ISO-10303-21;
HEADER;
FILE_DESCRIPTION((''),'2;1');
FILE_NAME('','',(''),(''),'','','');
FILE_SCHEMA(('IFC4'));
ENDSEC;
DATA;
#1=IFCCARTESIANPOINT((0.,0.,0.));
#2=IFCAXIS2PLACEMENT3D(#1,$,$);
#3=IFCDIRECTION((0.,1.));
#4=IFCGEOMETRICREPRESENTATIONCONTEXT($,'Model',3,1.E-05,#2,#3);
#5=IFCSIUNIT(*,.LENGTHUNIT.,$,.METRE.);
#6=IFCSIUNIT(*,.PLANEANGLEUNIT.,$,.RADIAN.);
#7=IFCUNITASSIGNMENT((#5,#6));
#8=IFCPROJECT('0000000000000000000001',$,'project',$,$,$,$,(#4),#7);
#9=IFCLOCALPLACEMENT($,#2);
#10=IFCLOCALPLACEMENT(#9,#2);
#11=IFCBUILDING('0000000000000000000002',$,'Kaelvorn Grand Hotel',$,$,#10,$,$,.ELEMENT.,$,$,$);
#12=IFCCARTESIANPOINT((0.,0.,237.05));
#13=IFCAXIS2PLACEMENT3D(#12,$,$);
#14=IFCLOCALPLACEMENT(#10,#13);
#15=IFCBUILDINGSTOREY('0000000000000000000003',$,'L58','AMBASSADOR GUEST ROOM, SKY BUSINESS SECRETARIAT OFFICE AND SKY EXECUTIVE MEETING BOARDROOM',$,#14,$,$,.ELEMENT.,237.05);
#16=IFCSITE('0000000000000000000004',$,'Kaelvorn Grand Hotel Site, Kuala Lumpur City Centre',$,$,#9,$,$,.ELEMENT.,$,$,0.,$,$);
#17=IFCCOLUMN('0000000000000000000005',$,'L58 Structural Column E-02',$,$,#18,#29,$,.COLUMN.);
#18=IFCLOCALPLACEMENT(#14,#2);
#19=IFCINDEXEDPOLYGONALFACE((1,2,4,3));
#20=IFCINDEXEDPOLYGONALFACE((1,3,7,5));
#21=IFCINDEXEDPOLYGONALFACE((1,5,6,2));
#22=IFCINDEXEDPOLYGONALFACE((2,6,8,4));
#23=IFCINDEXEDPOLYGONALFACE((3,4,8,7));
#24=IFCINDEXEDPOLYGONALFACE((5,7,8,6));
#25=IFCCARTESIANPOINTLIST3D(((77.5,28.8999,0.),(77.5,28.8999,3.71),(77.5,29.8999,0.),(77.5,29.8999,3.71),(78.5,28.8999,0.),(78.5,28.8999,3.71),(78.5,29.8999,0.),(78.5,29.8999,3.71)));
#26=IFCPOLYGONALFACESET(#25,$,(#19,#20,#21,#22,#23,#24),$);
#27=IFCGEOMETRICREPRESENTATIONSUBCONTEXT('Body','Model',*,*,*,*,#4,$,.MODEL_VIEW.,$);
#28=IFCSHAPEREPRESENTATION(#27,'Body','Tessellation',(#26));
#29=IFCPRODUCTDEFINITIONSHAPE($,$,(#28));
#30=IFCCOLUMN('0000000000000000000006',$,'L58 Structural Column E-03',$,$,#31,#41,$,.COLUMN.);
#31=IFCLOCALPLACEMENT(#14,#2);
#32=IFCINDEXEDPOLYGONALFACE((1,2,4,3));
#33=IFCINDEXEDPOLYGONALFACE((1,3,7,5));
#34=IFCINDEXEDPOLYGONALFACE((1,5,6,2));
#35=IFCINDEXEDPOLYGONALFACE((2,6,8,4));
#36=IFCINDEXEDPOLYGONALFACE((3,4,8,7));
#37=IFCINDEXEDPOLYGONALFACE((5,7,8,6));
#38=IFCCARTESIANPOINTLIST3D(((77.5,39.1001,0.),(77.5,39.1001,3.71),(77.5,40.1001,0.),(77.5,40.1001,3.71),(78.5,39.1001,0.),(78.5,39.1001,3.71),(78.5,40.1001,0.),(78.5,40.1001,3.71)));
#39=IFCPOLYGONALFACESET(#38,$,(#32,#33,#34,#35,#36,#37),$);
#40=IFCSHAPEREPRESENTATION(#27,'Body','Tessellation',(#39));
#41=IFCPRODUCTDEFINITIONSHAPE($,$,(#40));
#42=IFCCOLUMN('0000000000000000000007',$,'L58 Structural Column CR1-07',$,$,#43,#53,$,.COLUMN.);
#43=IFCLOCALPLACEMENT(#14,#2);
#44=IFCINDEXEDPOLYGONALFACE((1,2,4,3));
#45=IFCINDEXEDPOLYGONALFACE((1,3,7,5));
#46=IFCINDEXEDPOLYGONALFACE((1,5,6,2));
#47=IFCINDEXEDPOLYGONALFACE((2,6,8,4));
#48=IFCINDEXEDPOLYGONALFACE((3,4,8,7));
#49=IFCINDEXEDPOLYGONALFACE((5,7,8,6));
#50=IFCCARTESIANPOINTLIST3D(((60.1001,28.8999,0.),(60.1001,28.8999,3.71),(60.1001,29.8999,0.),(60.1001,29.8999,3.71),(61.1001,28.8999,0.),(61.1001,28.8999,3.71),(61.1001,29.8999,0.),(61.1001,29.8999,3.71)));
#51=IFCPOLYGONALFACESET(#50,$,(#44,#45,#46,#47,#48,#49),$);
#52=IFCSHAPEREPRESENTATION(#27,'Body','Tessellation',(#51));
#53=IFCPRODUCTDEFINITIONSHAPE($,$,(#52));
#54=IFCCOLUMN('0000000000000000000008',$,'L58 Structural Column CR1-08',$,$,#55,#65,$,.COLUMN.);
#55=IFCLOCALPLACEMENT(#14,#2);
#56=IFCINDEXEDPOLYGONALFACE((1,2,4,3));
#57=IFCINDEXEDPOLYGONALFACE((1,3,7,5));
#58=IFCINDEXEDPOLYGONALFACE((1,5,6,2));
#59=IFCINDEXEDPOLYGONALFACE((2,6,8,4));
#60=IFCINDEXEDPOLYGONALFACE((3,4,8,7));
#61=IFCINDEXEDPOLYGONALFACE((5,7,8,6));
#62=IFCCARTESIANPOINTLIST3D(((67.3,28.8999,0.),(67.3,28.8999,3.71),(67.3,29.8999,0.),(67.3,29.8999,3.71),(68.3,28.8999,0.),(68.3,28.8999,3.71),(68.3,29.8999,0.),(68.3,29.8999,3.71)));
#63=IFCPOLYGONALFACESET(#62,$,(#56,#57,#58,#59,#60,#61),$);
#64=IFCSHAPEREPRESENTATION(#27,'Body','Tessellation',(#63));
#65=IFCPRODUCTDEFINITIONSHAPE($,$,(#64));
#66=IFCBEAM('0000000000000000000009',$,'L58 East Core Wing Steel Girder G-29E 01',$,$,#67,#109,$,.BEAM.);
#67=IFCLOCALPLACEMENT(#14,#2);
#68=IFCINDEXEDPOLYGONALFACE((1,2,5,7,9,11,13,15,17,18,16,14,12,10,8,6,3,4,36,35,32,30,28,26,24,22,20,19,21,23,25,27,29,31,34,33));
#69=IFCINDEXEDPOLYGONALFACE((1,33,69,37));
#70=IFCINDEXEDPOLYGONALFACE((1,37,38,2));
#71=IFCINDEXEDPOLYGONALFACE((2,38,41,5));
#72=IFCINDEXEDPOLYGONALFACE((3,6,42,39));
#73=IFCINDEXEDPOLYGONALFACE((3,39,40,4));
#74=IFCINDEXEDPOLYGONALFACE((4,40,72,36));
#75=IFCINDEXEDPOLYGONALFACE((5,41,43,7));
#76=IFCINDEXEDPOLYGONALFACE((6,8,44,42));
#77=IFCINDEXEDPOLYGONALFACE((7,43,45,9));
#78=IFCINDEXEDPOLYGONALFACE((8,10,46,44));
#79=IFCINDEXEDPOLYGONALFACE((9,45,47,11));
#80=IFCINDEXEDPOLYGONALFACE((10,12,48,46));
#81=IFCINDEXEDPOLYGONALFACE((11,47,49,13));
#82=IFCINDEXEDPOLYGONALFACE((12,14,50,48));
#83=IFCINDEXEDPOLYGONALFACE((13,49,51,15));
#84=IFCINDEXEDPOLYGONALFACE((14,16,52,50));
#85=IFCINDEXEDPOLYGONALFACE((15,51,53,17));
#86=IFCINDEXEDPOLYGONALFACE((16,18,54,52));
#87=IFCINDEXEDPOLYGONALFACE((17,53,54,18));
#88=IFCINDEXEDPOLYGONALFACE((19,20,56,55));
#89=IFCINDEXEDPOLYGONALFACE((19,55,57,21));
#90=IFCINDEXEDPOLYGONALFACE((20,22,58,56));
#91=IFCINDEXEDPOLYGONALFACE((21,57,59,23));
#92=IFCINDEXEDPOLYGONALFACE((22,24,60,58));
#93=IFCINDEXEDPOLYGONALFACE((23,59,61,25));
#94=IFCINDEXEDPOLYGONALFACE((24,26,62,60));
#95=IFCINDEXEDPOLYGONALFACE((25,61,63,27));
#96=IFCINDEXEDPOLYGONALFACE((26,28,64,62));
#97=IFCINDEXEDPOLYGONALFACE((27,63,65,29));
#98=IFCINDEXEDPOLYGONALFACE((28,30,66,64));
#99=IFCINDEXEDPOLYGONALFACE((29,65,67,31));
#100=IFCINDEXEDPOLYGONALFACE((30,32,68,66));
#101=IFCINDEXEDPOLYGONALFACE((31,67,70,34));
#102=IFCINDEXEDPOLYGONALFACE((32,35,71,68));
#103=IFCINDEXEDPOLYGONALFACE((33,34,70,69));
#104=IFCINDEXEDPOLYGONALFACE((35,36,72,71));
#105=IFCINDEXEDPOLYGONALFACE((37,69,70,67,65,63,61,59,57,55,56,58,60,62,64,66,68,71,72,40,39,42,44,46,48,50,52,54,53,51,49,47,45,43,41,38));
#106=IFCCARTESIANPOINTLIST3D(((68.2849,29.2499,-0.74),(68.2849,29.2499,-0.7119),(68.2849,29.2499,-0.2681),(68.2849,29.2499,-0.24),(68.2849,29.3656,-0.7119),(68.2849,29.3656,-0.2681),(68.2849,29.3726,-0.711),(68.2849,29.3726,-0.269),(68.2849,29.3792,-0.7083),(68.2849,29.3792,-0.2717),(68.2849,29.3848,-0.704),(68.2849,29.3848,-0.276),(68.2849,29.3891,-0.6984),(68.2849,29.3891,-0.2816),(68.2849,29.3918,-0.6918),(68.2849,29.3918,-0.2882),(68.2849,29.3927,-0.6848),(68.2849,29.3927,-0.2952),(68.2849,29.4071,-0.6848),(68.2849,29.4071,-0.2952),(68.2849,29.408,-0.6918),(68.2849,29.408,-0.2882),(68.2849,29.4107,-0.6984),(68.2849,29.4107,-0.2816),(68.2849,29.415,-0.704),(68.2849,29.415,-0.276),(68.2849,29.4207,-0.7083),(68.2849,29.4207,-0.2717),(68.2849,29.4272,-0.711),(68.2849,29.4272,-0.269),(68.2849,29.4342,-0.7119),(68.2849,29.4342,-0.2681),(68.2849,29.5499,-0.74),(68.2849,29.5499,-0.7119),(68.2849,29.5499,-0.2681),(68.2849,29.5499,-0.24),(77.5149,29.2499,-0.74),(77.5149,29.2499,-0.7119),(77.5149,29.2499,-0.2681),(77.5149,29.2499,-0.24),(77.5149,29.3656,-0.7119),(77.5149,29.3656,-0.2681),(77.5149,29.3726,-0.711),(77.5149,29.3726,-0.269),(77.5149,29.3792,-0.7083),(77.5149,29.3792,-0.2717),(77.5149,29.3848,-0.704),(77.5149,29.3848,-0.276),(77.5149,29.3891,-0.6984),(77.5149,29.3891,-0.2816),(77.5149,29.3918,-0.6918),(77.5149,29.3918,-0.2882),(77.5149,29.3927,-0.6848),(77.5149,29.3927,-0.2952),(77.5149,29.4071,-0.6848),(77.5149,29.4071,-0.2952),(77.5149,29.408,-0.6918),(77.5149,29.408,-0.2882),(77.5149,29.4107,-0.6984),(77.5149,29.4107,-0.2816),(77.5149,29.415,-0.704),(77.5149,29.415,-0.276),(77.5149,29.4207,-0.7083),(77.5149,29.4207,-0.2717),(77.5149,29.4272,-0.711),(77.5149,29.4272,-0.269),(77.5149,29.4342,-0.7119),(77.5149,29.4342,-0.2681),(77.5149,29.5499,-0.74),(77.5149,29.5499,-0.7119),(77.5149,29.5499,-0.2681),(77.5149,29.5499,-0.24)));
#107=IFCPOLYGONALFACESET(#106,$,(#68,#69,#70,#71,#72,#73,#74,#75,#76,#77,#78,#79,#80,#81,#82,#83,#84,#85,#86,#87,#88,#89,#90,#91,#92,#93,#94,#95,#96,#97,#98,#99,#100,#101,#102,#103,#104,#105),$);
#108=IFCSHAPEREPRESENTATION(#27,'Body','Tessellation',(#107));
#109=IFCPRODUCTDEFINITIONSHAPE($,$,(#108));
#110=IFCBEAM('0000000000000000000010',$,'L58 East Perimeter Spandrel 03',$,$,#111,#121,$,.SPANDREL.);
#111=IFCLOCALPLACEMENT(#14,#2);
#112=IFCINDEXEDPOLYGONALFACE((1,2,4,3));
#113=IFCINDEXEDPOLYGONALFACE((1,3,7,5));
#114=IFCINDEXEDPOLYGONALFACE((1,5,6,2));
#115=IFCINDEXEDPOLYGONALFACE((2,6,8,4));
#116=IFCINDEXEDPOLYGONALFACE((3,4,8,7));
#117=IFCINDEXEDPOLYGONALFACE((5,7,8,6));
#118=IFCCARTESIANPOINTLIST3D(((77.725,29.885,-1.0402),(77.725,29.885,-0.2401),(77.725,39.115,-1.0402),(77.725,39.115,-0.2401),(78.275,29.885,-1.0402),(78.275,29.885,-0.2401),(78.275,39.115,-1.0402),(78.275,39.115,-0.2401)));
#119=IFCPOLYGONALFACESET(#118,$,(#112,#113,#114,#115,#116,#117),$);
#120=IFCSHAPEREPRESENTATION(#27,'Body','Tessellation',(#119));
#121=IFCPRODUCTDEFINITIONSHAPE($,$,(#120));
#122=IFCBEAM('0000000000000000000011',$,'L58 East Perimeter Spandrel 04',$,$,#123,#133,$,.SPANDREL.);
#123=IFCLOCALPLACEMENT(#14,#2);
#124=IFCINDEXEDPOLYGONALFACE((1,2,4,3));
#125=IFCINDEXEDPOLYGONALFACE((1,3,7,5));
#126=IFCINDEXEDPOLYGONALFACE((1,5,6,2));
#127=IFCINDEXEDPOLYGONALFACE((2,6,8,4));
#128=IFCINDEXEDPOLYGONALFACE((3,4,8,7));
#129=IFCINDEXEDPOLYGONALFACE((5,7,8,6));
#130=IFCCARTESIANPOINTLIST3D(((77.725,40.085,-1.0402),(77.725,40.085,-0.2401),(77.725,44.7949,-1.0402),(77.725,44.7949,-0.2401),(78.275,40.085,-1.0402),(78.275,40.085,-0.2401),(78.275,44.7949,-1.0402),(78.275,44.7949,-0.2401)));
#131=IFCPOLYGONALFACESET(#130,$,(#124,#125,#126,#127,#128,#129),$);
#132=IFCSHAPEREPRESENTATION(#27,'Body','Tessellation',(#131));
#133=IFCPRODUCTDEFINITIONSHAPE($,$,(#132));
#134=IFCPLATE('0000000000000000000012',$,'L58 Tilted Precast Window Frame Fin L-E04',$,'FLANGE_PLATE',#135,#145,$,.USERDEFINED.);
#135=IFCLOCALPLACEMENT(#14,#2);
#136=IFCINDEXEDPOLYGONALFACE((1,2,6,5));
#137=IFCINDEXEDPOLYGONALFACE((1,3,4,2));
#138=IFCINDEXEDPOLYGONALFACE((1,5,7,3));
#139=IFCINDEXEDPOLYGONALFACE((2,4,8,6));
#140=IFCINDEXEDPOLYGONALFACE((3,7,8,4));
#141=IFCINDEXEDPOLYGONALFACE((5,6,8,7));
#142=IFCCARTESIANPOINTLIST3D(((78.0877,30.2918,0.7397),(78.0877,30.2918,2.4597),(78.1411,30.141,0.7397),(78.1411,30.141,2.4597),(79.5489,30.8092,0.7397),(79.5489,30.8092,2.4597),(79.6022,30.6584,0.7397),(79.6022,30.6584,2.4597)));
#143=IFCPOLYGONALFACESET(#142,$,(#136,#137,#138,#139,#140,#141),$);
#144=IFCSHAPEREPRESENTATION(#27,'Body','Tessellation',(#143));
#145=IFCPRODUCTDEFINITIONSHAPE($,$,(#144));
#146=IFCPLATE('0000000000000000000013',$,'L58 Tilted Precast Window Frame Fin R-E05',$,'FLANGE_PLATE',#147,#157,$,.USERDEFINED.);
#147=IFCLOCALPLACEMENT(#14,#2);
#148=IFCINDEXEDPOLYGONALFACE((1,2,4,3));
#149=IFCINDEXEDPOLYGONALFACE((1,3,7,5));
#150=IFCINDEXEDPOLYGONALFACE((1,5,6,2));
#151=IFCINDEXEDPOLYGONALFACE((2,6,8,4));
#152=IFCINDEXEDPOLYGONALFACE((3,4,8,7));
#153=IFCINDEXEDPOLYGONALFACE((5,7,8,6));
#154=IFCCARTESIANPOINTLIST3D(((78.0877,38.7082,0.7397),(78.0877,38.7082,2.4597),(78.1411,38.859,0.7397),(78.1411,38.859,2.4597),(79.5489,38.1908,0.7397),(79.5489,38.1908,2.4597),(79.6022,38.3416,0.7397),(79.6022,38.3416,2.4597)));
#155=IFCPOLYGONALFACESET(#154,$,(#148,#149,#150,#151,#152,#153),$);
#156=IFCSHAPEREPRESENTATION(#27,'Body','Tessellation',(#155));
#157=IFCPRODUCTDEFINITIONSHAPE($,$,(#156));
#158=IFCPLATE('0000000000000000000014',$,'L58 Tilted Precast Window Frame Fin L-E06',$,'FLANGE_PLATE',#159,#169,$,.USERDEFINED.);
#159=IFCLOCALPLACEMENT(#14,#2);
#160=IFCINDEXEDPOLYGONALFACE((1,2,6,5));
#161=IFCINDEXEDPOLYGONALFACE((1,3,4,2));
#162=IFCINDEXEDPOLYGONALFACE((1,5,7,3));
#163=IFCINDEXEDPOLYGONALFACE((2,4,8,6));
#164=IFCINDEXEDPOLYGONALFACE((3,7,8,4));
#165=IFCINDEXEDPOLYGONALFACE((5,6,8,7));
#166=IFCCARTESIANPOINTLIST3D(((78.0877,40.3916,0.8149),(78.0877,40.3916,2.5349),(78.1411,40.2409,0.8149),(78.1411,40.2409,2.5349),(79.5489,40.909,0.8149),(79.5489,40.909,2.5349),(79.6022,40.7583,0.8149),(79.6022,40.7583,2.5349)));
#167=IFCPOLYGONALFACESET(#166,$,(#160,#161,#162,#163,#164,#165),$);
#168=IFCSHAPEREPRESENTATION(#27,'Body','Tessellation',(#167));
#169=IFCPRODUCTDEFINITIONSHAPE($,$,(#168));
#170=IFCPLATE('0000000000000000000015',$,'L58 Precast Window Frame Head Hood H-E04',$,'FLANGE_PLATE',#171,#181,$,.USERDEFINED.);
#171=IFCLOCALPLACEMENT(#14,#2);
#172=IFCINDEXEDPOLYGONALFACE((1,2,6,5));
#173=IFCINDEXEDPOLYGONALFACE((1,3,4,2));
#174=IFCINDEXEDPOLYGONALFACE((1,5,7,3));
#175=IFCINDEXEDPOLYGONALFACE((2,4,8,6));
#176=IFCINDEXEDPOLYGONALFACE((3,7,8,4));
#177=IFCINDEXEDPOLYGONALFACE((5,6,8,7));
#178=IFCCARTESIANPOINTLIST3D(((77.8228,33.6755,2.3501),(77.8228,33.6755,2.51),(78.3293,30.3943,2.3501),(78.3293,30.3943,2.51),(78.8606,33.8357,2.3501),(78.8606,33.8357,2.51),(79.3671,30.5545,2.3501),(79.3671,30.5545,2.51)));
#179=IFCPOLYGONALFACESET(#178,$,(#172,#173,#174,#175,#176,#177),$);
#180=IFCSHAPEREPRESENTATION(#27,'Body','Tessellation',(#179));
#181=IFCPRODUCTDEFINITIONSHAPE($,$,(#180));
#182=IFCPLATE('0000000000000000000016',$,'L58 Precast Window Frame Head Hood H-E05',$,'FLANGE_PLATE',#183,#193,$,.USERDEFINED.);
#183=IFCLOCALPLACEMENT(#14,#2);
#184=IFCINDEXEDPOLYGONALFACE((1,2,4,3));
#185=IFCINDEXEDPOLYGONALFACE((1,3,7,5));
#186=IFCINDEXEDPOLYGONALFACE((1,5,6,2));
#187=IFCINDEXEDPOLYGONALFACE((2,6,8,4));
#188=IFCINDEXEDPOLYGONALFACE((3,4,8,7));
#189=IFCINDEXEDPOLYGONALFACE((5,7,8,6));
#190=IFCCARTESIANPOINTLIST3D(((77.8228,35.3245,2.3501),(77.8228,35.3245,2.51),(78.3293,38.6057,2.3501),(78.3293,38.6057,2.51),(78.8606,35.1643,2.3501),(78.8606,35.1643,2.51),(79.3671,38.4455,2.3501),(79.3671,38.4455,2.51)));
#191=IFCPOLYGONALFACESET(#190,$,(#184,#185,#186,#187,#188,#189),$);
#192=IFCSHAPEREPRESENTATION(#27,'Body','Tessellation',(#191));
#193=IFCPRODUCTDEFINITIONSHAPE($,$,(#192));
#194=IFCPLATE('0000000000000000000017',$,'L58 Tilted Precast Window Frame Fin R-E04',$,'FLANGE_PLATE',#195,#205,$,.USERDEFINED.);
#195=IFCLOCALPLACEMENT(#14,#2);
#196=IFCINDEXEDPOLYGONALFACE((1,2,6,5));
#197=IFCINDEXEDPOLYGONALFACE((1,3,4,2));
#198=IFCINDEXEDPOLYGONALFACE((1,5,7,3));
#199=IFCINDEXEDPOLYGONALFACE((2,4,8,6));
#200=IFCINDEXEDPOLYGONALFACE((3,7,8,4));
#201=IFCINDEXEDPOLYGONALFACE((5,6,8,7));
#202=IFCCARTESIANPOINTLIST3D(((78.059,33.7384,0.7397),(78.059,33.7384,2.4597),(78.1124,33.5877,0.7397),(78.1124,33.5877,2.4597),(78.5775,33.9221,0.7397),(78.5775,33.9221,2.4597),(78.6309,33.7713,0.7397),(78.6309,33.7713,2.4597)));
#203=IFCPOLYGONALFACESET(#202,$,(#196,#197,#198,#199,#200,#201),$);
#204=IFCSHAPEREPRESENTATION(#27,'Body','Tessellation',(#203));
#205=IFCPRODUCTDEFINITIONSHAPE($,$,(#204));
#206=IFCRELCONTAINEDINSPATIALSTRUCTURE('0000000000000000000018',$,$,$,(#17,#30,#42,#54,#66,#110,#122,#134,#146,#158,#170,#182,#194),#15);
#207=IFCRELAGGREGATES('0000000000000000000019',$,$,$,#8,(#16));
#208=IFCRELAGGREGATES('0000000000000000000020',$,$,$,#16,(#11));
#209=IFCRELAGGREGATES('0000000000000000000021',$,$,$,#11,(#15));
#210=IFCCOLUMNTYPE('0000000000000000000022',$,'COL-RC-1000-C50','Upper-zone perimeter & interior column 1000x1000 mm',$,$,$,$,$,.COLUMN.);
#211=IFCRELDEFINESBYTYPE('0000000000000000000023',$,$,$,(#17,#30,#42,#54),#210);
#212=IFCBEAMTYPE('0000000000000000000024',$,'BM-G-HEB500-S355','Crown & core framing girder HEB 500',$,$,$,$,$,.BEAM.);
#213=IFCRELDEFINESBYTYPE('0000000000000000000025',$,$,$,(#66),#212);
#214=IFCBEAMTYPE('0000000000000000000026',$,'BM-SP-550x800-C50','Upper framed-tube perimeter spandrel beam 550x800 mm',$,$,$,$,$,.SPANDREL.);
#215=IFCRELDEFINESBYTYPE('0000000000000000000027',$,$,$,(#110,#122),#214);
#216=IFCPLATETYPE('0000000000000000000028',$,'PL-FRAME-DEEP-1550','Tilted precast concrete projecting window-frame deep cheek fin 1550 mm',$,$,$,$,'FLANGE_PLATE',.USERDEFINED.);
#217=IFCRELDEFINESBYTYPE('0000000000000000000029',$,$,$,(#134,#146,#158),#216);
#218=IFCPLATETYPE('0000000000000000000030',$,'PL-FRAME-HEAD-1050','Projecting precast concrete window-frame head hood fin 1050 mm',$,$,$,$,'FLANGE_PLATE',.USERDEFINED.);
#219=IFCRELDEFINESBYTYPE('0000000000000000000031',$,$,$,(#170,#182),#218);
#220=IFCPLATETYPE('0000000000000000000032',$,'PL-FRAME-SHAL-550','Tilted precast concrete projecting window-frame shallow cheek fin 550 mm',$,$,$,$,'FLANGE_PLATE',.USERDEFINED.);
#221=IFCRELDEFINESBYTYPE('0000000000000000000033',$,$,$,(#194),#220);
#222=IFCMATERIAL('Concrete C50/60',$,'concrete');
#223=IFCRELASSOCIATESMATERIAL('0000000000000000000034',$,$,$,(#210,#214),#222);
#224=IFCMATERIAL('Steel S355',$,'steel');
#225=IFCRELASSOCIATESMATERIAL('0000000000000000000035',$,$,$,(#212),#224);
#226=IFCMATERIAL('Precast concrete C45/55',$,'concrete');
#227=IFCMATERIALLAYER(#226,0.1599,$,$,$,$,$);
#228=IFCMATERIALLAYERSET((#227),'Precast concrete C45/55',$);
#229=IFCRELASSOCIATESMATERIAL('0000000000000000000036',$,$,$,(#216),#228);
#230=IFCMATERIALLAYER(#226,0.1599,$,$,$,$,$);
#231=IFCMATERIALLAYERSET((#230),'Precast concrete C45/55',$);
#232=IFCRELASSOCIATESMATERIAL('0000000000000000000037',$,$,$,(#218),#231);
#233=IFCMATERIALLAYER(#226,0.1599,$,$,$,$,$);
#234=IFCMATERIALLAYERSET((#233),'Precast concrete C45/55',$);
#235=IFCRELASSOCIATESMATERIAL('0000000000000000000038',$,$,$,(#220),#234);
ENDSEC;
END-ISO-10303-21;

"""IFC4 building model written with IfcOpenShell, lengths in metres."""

from ifc_helpers import new_model, si_unit, direction, frame, origin, origin_2d, place, context, subcontext, project, spatial, rectangle, i_section, extrude, material, layer, layer_set, material_profile, profile_set, type_object, element, save


model = new_model("IFC4")

# Units and contexts
model_context = context("Model", 3, precision=1e-05, world=origin(), true_north=direction((0.0, 1.0)))
body_context = subcontext(model_context, "Body", "Model", "MODEL_VIEW")
ifc_project = project(units=[si_unit("LENGTHUNIT", "METRE"), si_unit("PLANEANGLEUNIT", "RADIAN")], contexts=[model_context])

# Site, building, storey
site_placement = place(None, origin())
site = spatial("IfcSite", under=ifc_project, at=site_placement, Name="Kaelvorn Grand Hotel Site, Kuala Lumpur City Centre", CompositionType="ELEMENT", RefElevation=0.0)
building_placement = place(site_placement, origin())
building = spatial("IfcBuilding", under=site, at=building_placement, Name="Kaelvorn Grand Hotel", CompositionType="ELEMENT")
storey_placement = place(building_placement, frame((0.0, 0.0, 237.05)))
storey = spatial("IfcBuildingStorey", under=building, at=storey_placement, Name="L58", Description="AMBASSADOR GUEST ROOM, SKY BUSINESS SECRETARIAT OFFICE AND SKY EXECUTIVE MEETING BOARDROOM", CompositionType="ELEMENT", Elevation=237.05)

# Columns
ifc_material_1 = material(Name="Concrete C50/60", Category="concrete")
ifc_material_profile_1 = material_profile(ifc_material_1, rectangle(XDim=1.0, YDim=1.0, at=origin_2d()), Name="RC COL 1000x1000")
ifc_profile_set_1 = profile_set([ifc_material_profile_1], Name="Concrete C50/60")
column_type = type_object("IfcColumnType", Name="COL-RC-1000-C50", Description="Upper-zone perimeter & interior column 1000x1000 mm", PredefinedType="COLUMN", material=ifc_profile_set_1)
for number, where, z_axis, x_axis, name in (
    (1, (78.0, 29.3999, 0.0), (0.0, 0.0, 1.0), (1.0, 0.0, 0.0), "L58 Structural Column E-02"),
    (2, (78.0, 39.6001, 0.0), (0.0, 0.0, 1.0), (1.0, 0.0, 0.0), "L58 Structural Column E-03"),
    (3, (60.6001, 29.3999, 0.0), (0.0, 0.0, 1.0), (1.0, 0.0, 0.0), "L58 Structural Column CR1-07"),
    (4, (67.8, 29.3999, 0.0), (0.0, 0.0, 1.0), (1.0, 0.0, 0.0), "L58 Structural Column CR1-08"),
):
    element("IfcColumn", number, at=place(storey_placement, frame(where, z_axis=z_axis, x_axis=x_axis)), inside=storey, type_object=column_type, Name=name, PredefinedType="COLUMN", context=body_context, shape_type="SweptSolid", body=[
        extrude(rectangle(XDim=1.0, YDim=1.0, at=origin_2d()), origin(), (0.0, 0.0, 1.0), 3.71),
    ])

# Beams
ifc_material_2 = material(Name="Steel S355", Category="steel")
ifc_material_profile_2 = material_profile(ifc_material_2, i_section(OverallWidth=0.3, OverallDepth=0.5, WebThickness=0.0144, FlangeThickness=0.0281, FilletRadius=0.0271, at=origin_2d()), Name="HEB 500")
ifc_profile_set_2 = profile_set([ifc_material_profile_2], Name="Steel S355")
beam_type_1 = type_object("IfcBeamType", Name="BM-G-HEB500-S355", Description="Crown & core framing girder HEB 500", PredefinedType="BEAM", material=ifc_profile_set_2)
beam_1_placement = place(storey_placement, frame((68.2849, 29.3999, -0.49), z_axis=(1.0, 0.0, 0.0), x_axis=(0.0, 1.0, 0.0)))
element("IfcBeam", 5, at=beam_1_placement, inside=storey, type_object=beam_type_1, Name="L58 East Core Wing Steel Girder G-29E 01", PredefinedType="BEAM", context=body_context, shape_type="SweptSolid", body=[
    extrude(i_section(OverallWidth=0.3, OverallDepth=0.5, WebThickness=0.0144, FlangeThickness=0.0281, FilletRadius=0.0271, at=origin_2d()), origin(), (0.0, 0.0, 1.0), 9.23),
])
ifc_material_profile_3 = material_profile(ifc_material_1, rectangle(XDim=0.55, YDim=0.8, at=origin_2d()), Name="RC SPANDREL 550x800")
ifc_profile_set_3 = profile_set([ifc_material_profile_3], Name="Concrete C50/60")
beam_type_2 = type_object("IfcBeamType", Name="BM-SP-550x800-C50", Description="Upper framed-tube perimeter spandrel beam 550x800 mm", PredefinedType="SPANDREL", material=ifc_profile_set_3)
beam_2_placement = place(storey_placement, frame((78.0, 29.885, -0.6401), z_axis=(0.0, 1.0, 0.0), x_axis=(-1.0, 0.0, 0.0)))
element("IfcBeam", 6, at=beam_2_placement, inside=storey, type_object=beam_type_2, Name="L58 East Perimeter Spandrel 03", PredefinedType="SPANDREL", context=body_context, shape_type="SweptSolid", body=[
    extrude(rectangle(XDim=0.55, YDim=0.8, at=origin_2d()), origin(), (0.0, 0.0, 1.0), 9.23),
])
beam_3_placement = place(storey_placement, frame((78.0, 40.085, -0.6401), z_axis=(0.0, 1.0, 0.0), x_axis=(-1.0, 0.0, 0.0)))
element("IfcBeam", 7, at=beam_3_placement, inside=storey, type_object=beam_type_2, Name="L58 East Perimeter Spandrel 04", PredefinedType="SPANDREL", context=body_context, shape_type="SweptSolid", body=[
    extrude(rectangle(XDim=0.55, YDim=0.8, at=origin_2d()), origin(), (0.0, 0.0, 1.0), 4.71),
])

# Plates
ifc_material_3 = material(Name="Precast concrete C45/55", Category="concrete")
ifc_layer_1 = layer(ifc_material_3, 0.1599)
ifc_layer_set_1 = layer_set([ifc_layer_1], Name="Precast concrete C45/55")
plate_type_1 = type_object("IfcPlateType", Name="PL-FRAME-DEEP-1550", Description="Tilted precast concrete projecting window-frame deep cheek fin 1550 mm", ElementType="FLANGE_PLATE", PredefinedType="USERDEFINED", material=ifc_layer_set_1)
for number, where, z_axis, x_axis, name in (
    (8, (78.845, 30.4751, 0.7397), (0.0, 0.0, 1.0), (-0.333807, 0.942641, 0.0), "L58 Tilted Precast Window Frame Fin L-E04"),
    (9, (78.845, 38.5249, 0.7397), (0.0, 0.0, 1.0), (0.333807, 0.942641, 0.0), "L58 Tilted Precast Window Frame Fin R-E05"),
    (10, (78.845, 40.575, 0.8149), (0.0, 0.0, 1.0), (-0.333807, 0.942641, 0.0), "L58 Tilted Precast Window Frame Fin L-E06"),
):
    element("IfcPlate", number, at=place(storey_placement, frame(where, z_axis=z_axis, x_axis=x_axis)), inside=storey, type_object=plate_type_1, Name=name, ObjectType="FLANGE_PLATE", PredefinedType="USERDEFINED", context=body_context, shape_type="SweptSolid", body=[
        extrude(rectangle(XDim=0.1599, YDim=1.55, at=origin_2d()), origin(), (0.0, 0.0, 1.0), 1.72),
    ])
ifc_layer_2 = layer(ifc_material_3, 0.1599)
ifc_layer_set_2 = layer_set([ifc_layer_2], Name="Precast concrete C45/55")
plate_type_2 = type_object("IfcPlateType", Name="PL-FRAME-HEAD-1050", Description="Projecting precast concrete window-frame head hood fin 1050 mm", ElementType="FLANGE_PLATE", PredefinedType="USERDEFINED", material=ifc_layer_set_2)
for number, where, z_axis, x_axis, name in (
    (11, (78.595, 32.115, 2.3501), (0.0, 0.0, 1.0), (-0.152555, 0.988295, 0.0), "L58 Precast Window Frame Head Hood H-E04"),
    (12, (78.595, 36.885, 2.3501), (0.0, 0.0, 1.0), (0.152555, 0.988295, 0.0), "L58 Precast Window Frame Head Hood H-E05"),
):
    element("IfcPlate", number, at=place(storey_placement, frame(where, z_axis=z_axis, x_axis=x_axis)), inside=storey, type_object=plate_type_2, Name=name, ObjectType="FLANGE_PLATE", PredefinedType="USERDEFINED", context=body_context, shape_type="SweptSolid", body=[
        extrude(rectangle(XDim=3.3201, YDim=1.05, at=origin_2d()), origin(), (0.0, 0.0, 1.0), 0.1599),
    ])
ifc_layer_3 = layer(ifc_material_3, 0.1599)
ifc_layer_set_3 = layer_set([ifc_layer_3], Name="Precast concrete C45/55")
plate_type_3 = type_object("IfcPlateType", Name="PL-FRAME-SHAL-550", Description="Tilted precast concrete projecting window-frame shallow cheek fin 550 mm", ElementType="FLANGE_PLATE", PredefinedType="USERDEFINED", material=ifc_layer_set_3)
for number, where, z_axis, x_axis, name in (
    (13, (78.345, 33.7549, 0.7397), (0.0, 0.0, 1.0), (-0.333807, 0.942641, 0.0), "L58 Tilted Precast Window Frame Fin R-E04"),
):
    element("IfcPlate", number, at=place(storey_placement, frame(where, z_axis=z_axis, x_axis=x_axis)), inside=storey, type_object=plate_type_3, Name=name, ObjectType="FLANGE_PLATE", PredefinedType="USERDEFINED", context=body_context, shape_type="SweptSolid", body=[
        extrude(rectangle(XDim=0.1599, YDim=0.55, at=origin_2d()), origin(), (0.0, 0.0, 1.0), 1.72),
    ])

save(model, "model.ifc")
